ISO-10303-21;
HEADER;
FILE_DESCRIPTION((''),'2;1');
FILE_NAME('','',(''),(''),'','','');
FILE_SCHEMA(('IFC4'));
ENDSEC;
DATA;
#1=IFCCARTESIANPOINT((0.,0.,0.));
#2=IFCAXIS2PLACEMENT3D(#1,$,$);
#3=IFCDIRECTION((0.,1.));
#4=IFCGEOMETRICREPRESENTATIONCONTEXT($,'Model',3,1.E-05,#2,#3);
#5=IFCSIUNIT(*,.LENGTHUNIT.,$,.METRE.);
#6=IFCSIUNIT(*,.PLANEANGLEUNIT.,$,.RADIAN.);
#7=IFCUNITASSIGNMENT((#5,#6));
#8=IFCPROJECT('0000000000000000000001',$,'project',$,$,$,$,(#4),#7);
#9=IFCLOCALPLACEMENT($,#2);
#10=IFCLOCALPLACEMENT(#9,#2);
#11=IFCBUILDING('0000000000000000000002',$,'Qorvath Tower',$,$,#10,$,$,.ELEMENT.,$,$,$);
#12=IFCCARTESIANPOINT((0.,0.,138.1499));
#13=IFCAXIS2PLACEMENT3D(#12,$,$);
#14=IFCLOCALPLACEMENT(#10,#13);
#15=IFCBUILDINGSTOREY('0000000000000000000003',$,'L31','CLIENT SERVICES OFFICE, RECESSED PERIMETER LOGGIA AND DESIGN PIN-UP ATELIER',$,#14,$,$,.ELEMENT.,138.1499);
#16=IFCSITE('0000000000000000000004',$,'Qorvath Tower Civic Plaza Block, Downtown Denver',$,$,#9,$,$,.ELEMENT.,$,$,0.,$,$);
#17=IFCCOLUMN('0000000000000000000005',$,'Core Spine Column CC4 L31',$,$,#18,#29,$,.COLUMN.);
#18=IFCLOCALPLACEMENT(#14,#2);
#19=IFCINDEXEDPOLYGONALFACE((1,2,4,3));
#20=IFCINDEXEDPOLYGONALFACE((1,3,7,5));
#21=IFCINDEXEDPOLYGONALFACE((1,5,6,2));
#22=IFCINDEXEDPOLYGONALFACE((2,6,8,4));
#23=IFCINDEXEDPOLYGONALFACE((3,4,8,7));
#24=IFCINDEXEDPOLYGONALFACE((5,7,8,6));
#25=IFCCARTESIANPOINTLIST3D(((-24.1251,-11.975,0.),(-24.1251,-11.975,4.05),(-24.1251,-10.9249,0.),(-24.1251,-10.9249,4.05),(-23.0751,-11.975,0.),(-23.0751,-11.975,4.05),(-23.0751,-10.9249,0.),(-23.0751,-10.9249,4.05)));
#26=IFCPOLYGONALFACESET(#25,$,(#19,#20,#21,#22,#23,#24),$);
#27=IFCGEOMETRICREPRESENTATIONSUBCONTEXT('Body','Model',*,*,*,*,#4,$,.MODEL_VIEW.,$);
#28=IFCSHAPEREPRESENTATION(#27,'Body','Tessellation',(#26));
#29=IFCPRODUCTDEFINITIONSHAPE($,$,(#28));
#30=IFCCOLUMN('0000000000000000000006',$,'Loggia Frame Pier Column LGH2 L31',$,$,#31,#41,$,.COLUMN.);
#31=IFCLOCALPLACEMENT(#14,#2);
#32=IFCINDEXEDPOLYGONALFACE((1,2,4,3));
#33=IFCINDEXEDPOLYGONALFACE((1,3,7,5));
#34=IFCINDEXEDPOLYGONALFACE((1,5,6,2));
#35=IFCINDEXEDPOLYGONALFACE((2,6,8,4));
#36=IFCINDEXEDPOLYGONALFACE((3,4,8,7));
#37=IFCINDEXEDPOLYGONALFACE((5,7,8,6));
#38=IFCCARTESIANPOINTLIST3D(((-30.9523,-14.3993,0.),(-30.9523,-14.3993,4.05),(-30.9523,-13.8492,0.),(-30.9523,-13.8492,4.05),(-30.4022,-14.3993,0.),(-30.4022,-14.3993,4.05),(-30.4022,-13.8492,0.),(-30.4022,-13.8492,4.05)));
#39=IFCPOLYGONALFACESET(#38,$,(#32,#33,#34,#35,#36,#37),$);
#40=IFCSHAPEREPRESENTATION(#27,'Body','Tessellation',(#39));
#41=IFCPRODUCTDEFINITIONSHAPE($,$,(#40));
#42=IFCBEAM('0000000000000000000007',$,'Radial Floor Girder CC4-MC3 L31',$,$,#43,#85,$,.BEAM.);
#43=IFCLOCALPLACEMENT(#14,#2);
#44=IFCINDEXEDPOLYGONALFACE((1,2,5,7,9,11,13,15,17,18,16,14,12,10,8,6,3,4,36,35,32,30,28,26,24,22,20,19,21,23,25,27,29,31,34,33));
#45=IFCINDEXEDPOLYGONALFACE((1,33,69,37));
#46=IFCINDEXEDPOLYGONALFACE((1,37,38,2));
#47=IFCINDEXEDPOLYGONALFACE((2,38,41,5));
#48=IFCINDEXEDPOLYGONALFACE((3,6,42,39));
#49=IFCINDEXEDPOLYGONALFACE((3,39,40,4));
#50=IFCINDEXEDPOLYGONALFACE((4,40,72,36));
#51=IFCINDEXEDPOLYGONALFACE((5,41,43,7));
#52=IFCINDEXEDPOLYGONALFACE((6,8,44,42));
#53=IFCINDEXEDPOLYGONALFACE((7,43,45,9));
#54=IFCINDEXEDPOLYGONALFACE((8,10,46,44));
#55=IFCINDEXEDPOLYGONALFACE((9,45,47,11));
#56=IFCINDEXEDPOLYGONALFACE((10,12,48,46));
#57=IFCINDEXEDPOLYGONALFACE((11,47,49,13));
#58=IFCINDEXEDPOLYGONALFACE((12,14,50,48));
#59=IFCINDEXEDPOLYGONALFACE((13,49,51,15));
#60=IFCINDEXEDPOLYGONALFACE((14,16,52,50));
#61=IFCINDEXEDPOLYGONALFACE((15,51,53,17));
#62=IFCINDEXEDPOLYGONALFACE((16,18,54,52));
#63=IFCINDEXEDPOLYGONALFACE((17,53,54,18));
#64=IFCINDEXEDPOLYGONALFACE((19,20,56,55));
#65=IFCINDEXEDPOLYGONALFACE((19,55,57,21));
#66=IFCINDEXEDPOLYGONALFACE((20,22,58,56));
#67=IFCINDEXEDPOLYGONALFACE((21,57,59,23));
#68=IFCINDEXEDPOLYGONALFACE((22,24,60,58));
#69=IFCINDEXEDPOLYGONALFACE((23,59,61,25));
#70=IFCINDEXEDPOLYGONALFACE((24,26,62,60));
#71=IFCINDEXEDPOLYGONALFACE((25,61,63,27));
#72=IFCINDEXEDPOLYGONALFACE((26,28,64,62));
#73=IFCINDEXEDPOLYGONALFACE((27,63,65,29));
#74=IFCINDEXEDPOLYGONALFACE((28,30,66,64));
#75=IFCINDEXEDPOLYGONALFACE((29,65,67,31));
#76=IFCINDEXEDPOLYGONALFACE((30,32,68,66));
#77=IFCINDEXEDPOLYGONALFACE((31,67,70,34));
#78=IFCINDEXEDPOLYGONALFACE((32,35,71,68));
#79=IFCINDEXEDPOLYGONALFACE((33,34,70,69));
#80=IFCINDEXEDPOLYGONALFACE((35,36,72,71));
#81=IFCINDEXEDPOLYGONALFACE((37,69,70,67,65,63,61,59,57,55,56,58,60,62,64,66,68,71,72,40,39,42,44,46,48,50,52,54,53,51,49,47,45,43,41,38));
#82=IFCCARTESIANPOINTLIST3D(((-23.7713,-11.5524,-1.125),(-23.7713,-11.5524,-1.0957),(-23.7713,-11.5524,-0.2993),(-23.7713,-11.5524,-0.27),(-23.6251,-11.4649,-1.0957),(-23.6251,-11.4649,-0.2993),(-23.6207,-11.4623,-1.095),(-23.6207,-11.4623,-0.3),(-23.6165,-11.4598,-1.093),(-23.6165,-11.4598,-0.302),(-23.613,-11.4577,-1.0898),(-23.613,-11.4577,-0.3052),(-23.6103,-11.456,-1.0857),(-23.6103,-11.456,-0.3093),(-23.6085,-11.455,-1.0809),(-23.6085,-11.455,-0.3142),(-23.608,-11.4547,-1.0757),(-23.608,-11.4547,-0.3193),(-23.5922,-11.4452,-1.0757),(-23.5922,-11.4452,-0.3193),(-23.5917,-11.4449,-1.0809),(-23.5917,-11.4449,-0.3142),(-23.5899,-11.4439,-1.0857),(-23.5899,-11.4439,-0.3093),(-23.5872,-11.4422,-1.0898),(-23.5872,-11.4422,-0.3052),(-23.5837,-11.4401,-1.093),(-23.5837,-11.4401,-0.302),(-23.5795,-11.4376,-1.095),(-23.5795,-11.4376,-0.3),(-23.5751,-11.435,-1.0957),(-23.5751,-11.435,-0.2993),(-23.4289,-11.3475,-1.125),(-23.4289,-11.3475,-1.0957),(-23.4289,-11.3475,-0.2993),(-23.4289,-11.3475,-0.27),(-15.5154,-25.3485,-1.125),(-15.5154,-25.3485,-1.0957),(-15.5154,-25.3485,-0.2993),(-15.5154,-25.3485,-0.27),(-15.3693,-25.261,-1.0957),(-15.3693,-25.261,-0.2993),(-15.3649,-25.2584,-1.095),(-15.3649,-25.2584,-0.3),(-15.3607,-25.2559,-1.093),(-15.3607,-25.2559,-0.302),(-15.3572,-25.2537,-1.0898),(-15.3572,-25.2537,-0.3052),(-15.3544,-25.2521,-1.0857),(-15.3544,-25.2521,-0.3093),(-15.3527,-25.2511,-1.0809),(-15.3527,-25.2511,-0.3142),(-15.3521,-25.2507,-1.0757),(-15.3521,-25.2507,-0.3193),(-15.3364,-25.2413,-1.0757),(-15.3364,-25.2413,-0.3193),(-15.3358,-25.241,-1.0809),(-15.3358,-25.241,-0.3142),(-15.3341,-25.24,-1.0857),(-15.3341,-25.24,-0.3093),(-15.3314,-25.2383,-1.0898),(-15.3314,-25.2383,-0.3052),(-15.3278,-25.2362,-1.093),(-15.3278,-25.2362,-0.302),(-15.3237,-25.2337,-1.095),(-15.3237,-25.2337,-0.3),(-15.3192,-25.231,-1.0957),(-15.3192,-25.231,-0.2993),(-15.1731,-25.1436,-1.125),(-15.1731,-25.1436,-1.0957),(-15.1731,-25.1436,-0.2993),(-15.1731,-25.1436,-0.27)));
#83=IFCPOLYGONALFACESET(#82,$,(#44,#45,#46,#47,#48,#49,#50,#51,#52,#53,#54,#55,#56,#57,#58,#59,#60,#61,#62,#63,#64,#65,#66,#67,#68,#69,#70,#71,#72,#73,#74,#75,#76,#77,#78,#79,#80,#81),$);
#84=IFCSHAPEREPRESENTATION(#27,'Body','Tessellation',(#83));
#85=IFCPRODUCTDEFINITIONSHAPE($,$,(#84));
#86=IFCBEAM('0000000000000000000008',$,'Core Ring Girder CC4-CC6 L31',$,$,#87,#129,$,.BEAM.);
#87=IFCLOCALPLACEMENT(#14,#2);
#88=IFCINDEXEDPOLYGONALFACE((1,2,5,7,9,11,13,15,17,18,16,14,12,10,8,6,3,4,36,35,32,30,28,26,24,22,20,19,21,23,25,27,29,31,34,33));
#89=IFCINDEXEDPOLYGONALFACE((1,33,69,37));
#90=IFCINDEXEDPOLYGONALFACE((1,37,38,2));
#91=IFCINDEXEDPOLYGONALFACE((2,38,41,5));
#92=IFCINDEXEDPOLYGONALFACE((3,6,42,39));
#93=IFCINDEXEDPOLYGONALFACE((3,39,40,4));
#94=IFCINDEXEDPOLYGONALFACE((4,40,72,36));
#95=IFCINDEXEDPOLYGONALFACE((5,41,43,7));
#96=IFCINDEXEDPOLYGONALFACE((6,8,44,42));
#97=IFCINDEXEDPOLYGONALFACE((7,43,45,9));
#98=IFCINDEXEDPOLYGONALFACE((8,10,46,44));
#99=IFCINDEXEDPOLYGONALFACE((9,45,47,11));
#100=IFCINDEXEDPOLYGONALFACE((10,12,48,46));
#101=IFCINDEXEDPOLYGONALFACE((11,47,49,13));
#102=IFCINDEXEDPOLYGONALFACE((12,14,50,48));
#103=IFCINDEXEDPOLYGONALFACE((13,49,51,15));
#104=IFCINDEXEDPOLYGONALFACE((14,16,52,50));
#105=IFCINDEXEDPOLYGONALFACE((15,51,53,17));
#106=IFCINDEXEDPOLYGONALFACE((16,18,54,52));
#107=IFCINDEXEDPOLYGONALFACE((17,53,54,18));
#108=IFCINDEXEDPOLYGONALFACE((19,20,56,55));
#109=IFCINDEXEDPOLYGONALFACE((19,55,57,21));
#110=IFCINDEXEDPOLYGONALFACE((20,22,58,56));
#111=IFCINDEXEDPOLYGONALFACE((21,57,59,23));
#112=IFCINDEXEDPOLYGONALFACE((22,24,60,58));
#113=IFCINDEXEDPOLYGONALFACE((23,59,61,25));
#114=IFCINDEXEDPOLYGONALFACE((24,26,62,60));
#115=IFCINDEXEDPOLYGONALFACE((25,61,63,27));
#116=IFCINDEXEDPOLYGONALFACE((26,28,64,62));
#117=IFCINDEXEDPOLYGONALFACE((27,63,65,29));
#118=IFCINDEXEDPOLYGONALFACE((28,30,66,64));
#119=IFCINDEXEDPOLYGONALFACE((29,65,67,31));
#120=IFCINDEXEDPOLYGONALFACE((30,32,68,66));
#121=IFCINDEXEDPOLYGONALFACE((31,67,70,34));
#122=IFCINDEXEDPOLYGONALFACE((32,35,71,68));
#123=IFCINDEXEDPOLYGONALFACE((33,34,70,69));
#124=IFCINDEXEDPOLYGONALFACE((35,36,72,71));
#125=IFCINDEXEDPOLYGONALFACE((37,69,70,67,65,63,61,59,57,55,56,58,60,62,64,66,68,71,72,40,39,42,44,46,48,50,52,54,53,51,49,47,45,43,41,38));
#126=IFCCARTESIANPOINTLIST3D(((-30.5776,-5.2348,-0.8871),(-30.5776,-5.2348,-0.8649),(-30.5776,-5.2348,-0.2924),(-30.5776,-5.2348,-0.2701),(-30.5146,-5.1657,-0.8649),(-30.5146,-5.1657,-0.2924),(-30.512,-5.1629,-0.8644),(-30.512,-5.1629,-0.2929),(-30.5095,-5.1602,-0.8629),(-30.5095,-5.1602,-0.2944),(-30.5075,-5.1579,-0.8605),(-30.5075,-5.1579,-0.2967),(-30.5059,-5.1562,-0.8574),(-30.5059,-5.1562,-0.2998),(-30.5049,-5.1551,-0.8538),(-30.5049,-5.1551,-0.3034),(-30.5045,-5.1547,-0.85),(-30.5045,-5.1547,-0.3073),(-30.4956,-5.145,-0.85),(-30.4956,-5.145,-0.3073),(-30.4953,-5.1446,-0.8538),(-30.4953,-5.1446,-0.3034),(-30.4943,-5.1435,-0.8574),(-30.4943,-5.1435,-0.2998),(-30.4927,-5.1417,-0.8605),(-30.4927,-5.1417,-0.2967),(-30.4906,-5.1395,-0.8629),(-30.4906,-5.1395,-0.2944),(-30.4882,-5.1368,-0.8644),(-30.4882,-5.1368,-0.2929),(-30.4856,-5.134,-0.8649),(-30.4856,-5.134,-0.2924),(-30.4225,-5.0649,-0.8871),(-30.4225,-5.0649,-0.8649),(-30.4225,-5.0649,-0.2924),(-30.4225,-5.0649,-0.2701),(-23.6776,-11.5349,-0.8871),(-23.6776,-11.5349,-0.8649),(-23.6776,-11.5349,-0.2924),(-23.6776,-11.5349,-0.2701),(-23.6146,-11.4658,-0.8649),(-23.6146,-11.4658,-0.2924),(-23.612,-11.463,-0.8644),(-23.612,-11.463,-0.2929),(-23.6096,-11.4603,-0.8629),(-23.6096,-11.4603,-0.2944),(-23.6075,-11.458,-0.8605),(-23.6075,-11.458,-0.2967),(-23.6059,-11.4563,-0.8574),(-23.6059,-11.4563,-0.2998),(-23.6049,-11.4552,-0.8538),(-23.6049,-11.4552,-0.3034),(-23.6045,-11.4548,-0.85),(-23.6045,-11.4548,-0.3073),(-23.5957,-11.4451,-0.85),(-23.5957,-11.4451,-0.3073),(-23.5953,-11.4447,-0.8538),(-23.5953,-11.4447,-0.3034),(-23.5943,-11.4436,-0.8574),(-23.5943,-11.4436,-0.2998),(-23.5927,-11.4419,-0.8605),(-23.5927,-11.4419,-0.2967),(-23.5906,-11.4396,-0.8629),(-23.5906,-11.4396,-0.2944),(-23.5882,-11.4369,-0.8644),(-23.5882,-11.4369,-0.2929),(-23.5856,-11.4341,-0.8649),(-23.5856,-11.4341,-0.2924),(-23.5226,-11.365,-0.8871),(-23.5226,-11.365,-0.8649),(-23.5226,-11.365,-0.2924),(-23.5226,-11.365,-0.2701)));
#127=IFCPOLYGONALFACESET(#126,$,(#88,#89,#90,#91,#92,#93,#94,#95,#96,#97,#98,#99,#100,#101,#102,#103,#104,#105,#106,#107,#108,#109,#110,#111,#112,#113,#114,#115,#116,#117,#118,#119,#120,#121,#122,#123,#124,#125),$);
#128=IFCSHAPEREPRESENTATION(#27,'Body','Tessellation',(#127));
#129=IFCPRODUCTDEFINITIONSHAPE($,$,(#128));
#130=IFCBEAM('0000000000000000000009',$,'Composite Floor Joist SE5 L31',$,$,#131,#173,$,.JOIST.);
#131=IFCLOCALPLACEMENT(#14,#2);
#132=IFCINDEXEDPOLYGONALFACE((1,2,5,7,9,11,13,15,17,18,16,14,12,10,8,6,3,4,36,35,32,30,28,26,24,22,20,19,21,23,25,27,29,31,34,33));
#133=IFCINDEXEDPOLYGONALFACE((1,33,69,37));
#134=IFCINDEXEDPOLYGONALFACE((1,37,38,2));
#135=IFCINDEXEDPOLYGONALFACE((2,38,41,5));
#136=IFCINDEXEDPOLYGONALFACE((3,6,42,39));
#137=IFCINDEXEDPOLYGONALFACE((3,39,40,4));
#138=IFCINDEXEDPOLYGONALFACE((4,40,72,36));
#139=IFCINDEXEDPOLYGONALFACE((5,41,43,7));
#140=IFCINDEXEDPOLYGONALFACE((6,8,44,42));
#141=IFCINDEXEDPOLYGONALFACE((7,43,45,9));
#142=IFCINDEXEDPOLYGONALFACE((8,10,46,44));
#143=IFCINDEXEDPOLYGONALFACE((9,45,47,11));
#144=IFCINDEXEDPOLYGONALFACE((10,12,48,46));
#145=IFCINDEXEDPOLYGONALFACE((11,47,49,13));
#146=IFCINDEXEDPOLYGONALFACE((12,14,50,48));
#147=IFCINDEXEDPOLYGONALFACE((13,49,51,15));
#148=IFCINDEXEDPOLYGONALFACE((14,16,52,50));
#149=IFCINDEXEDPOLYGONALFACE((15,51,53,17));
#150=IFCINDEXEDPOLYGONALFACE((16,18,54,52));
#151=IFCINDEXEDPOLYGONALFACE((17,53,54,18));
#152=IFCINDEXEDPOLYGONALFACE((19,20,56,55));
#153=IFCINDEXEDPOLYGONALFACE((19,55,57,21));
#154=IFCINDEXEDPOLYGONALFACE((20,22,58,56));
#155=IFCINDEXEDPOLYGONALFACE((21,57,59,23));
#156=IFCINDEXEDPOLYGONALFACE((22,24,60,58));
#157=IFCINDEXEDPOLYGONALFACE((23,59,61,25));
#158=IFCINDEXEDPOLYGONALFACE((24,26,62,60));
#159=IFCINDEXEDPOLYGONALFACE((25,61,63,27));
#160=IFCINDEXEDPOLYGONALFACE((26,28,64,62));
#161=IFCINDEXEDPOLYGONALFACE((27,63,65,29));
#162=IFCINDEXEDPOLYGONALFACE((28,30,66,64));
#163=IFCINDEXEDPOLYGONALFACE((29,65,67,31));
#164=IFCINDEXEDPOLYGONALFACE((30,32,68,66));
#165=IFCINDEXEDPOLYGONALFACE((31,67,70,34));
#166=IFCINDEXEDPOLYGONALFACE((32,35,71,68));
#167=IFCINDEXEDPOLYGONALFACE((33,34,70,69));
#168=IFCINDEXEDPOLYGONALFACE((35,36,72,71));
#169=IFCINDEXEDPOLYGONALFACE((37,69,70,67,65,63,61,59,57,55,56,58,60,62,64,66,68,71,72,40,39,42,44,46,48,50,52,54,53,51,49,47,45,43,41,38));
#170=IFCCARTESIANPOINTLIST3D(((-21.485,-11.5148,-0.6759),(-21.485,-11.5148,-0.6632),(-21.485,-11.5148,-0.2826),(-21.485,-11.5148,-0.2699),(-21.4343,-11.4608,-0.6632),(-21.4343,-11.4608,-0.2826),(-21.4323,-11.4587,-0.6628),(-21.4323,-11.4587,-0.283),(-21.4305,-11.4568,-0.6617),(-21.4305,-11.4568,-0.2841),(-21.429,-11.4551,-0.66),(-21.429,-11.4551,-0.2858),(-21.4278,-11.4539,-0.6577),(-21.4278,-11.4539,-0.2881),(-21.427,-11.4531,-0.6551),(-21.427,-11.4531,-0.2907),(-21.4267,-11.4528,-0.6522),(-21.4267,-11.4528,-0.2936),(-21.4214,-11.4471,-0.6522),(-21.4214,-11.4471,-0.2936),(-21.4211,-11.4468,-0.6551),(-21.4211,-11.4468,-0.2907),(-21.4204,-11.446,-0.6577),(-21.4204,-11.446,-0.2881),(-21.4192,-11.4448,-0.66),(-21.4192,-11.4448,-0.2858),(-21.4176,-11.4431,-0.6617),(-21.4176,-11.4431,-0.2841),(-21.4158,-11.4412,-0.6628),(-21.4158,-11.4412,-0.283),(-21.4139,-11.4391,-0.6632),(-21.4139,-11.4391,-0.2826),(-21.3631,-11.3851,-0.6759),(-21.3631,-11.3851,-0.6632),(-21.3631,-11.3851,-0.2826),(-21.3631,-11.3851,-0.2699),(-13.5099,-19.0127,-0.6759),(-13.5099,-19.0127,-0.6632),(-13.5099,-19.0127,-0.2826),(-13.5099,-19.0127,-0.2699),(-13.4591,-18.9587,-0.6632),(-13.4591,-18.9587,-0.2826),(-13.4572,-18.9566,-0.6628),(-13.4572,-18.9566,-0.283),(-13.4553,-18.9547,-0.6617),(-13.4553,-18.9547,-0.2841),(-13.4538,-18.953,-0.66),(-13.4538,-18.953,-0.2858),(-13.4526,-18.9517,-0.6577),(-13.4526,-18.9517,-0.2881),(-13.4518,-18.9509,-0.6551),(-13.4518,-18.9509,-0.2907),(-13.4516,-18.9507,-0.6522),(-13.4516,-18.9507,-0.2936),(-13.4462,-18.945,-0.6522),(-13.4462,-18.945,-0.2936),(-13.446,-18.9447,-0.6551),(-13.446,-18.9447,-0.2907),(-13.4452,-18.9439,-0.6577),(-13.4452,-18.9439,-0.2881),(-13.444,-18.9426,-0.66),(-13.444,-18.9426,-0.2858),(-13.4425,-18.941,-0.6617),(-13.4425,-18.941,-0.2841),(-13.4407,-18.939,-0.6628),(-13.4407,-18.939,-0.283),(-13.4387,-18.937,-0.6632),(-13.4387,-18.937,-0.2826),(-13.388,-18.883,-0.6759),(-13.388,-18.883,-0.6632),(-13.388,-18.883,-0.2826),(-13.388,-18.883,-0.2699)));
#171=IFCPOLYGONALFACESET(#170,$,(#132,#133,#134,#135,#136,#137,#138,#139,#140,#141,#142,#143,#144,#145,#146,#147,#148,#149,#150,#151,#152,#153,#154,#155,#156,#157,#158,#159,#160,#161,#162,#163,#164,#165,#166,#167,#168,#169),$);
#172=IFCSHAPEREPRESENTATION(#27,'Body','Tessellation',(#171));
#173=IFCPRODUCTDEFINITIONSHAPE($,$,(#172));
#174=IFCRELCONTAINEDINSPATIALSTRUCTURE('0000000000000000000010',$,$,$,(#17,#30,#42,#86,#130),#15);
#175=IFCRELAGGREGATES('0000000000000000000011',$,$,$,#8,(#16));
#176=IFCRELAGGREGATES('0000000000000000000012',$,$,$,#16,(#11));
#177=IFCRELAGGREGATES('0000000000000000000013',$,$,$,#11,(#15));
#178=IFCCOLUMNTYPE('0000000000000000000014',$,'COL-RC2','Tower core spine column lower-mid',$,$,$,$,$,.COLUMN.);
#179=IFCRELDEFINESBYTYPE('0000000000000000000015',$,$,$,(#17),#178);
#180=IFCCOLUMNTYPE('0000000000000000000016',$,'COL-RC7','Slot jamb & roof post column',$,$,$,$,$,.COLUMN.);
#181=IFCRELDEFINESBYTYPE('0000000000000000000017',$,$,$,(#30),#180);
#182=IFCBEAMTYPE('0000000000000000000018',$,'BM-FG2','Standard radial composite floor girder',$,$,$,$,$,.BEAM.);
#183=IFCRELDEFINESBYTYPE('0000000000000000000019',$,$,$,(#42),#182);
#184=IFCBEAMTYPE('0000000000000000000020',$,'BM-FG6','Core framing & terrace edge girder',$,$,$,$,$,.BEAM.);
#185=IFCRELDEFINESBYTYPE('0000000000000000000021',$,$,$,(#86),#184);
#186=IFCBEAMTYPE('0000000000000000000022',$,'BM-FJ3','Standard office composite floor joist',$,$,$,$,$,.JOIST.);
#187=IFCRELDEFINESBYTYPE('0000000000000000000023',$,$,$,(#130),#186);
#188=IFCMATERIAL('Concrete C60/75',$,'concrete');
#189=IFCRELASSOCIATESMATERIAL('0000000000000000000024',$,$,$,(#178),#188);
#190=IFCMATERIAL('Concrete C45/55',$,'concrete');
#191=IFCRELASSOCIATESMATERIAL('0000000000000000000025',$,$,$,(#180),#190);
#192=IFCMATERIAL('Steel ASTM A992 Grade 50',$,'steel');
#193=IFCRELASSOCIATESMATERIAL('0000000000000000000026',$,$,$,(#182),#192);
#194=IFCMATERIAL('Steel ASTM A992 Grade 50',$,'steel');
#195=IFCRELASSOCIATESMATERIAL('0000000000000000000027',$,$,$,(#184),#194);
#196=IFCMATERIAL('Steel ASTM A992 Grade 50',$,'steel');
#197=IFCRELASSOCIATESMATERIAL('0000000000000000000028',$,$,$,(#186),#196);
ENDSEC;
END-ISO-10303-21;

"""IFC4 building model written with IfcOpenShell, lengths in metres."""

from ifc_helpers import new_model, si_unit, direction, frame, origin, origin_2d, place, context, subcontext, project, spatial, rectangle, i_section, extrude, material, material_profile, profile_set, type_object, element, save


model = new_model("IFC4")

# Units and contexts
model_context = context("Model", 3, precision=1e-05, world=origin(), true_north=direction((0.0, 1.0)))
body_context = subcontext(model_context, "Body", "Model", "MODEL_VIEW")
ifc_project = project(units=[si_unit("LENGTHUNIT", "METRE"), si_unit("PLANEANGLEUNIT", "RADIAN")], contexts=[model_context])

# Site, building, storey
site_placement = place(None, origin())
site = spatial("IfcSite", under=ifc_project, at=site_placement, Name="Qorvath Tower Civic Plaza Block, Downtown Denver", CompositionType="ELEMENT", RefElevation=0.0)
building_placement = place(site_placement, origin())
building = spatial("IfcBuilding", under=site, at=building_placement, Name="Qorvath Tower", CompositionType="ELEMENT")
storey_placement = place(building_placement, frame((0.0, 0.0, 138.1499)))
storey = spatial("IfcBuildingStorey", under=building, at=storey_placement, Name="L31", Description="CLIENT SERVICES OFFICE, RECESSED PERIMETER LOGGIA AND DESIGN PIN-UP ATELIER", CompositionType="ELEMENT", Elevation=138.1499)

# Columns
ifc_material_1 = material(Name="Concrete C60/75", Category="concrete")
ifc_material_profile_1 = material_profile(ifc_material_1, rectangle(XDim=1.05, YDim=1.05, at=origin_2d()), Name="RC 1050x1050")
ifc_profile_set_1 = profile_set([ifc_material_profile_1], Name="Concrete C60/75")
column_type_1 = type_object("IfcColumnType", Name="COL-RC2", Description="Tower core spine column lower-mid", PredefinedType="COLUMN", material=ifc_profile_set_1)
column_1_placement = place(storey_placement, frame((-23.6001, -11.45, 0.0), z_axis=(0.0, 0.0, 1.0), x_axis=(1.0, 0.0, 0.0)))
element("IfcColumn", 1, at=column_1_placement, inside=storey, type_object=column_type_1, Name="Core Spine Column CC4 L31", PredefinedType="COLUMN", context=body_context, shape_type="SweptSolid", body=[
    extrude(rectangle(XDim=1.05, YDim=1.05, at=origin_2d()), origin(), (0.0, 0.0, 1.0), 4.05),
])
ifc_material_2 = material(Name="Concrete C45/55", Category="concrete")
ifc_material_profile_2 = material_profile(ifc_material_2, rectangle(XDim=0.55, YDim=0.55, at=origin_2d()), Name="RC 550x550")
ifc_profile_set_2 = profile_set([ifc_material_profile_2], Name="Concrete C45/55")
column_type_2 = type_object("IfcColumnType", Name="COL-RC7", Description="Slot jamb & roof post column", PredefinedType="COLUMN", material=ifc_profile_set_2)
column_2_placement = place(storey_placement, frame((-30.6772, -14.1243, 0.0), z_axis=(0.0, 0.0, 1.0), x_axis=(1.0, 0.0, 0.0)))
element("IfcColumn", 2, at=column_2_placement, inside=storey, type_object=column_type_2, Name="Loggia Frame Pier Column LGH2 L31", PredefinedType="COLUMN", context=body_context, shape_type="SweptSolid", body=[
    extrude(rectangle(XDim=0.55, YDim=0.55, at=origin_2d()), origin(), (0.0, 0.0, 1.0), 4.05),
])

# Beams
ifc_material_3 = material(Name="Steel ASTM A992 Grade 50", Category="steel")
ifc_material_profile_3 = material_profile(ifc_material_3, i_section(OverallWidth=0.3989, OverallDepth=0.855, WebThickness=0.0183, FlangeThickness=0.0293, FilletRadius=0.02, at=origin_2d()), Name="W33x201")
ifc_profile_set_3 = profile_set([ifc_material_profile_3], Name="Steel ASTM A992 Grade 50")
beam_type_1 = type_object("IfcBeamType", Name="BM-FG2", Description="Standard radial composite floor girder", PredefinedType="BEAM", material=ifc_profile_set_3)
beam_1_placement = place(storey_placement, frame((-23.6001, -11.45, -0.6975), z_axis=(0.513497, -0.858091, 0.0), x_axis=(0.858091, 0.513497, 0.0)))
element("IfcBeam", 3, at=beam_1_placement, inside=storey, type_object=beam_type_1, Name="Radial Floor Girder CC4-MC3 L31", PredefinedType="BEAM", context=body_context, shape_type="SweptSolid", body=[
    extrude(i_section(OverallWidth=0.3989, OverallDepth=0.855, WebThickness=0.0183, FlangeThickness=0.0293, FilletRadius=0.02, at=origin_2d()), origin(), (0.0, 0.0, 1.0), 16.0776),
])
ifc_material_4 = material(Name="Steel ASTM A992 Grade 50", Category="steel")
ifc_material_profile_4 = material_profile(ifc_material_4, i_section(OverallWidth=0.23, OverallDepth=0.6169, WebThickness=0.0132, FlangeThickness=0.0222, FilletRadius=0.0149, at=origin_2d()), Name="W24x94")
ifc_profile_set_4 = profile_set([ifc_material_profile_4], Name="Steel ASTM A992 Grade 50")
beam_type_2 = type_object("IfcBeamType", Name="BM-FG6", Description="Core framing & terrace edge girder", PredefinedType="BEAM", material=ifc_profile_set_4)
beam_2_placement = place(storey_placement, frame((-23.6001, -11.45, -0.5786), z_axis=(-0.738478, 0.674277, 0.0), x_axis=(-0.674277, -0.738478, 0.0)))
element("IfcBeam", 4, at=beam_2_placement, inside=storey, type_object=beam_type_2, Name="Core Ring Girder CC4-CC6 L31", PredefinedType="BEAM", context=body_context, shape_type="SweptSolid", body=[
    extrude(i_section(OverallWidth=0.23, OverallDepth=0.6169, WebThickness=0.0132, FlangeThickness=0.0222, FilletRadius=0.0149, at=origin_2d()), origin(), (0.0, 0.0, 1.0), 9.3435),
])
ifc_material_5 = material(Name="Steel ASTM A992 Grade 50", Category="steel")
ifc_material_profile_5 = material_profile(ifc_material_5, i_section(OverallWidth=0.178, OverallDepth=0.406, WebThickness=0.0078, FlangeThickness=0.0127, FilletRadius=0.011, at=origin_2d()), Name="W16x40")
ifc_profile_set_5 = profile_set([ifc_material_profile_5], Name="Steel ASTM A992 Grade 50")
beam_type_3 = type_object("IfcBeamType", Name="BM-FJ3", Description="Standard office composite floor joist", PredefinedType="JOIST", material=ifc_profile_set_5)
beam_3_placement = place(storey_placement, frame((-21.4241, -11.45, -0.4729), z_axis=(0.728572, -0.684969, 0.0), x_axis=(0.684969, 0.728572, 0.0)))
element("IfcBeam", 5, at=beam_3_placement, inside=storey, type_object=beam_type_3, Name="Composite Floor Joist SE5 L31", PredefinedType="JOIST", context=body_context, shape_type="SweptSolid", body=[
    extrude(i_section(OverallWidth=0.178, OverallDepth=0.406, WebThickness=0.0078, FlangeThickness=0.0127, FilletRadius=0.011, at=origin_2d()), origin(), (0.0, 0.0, 1.0), 10.9463),
])

save(model, "model.ifc")
